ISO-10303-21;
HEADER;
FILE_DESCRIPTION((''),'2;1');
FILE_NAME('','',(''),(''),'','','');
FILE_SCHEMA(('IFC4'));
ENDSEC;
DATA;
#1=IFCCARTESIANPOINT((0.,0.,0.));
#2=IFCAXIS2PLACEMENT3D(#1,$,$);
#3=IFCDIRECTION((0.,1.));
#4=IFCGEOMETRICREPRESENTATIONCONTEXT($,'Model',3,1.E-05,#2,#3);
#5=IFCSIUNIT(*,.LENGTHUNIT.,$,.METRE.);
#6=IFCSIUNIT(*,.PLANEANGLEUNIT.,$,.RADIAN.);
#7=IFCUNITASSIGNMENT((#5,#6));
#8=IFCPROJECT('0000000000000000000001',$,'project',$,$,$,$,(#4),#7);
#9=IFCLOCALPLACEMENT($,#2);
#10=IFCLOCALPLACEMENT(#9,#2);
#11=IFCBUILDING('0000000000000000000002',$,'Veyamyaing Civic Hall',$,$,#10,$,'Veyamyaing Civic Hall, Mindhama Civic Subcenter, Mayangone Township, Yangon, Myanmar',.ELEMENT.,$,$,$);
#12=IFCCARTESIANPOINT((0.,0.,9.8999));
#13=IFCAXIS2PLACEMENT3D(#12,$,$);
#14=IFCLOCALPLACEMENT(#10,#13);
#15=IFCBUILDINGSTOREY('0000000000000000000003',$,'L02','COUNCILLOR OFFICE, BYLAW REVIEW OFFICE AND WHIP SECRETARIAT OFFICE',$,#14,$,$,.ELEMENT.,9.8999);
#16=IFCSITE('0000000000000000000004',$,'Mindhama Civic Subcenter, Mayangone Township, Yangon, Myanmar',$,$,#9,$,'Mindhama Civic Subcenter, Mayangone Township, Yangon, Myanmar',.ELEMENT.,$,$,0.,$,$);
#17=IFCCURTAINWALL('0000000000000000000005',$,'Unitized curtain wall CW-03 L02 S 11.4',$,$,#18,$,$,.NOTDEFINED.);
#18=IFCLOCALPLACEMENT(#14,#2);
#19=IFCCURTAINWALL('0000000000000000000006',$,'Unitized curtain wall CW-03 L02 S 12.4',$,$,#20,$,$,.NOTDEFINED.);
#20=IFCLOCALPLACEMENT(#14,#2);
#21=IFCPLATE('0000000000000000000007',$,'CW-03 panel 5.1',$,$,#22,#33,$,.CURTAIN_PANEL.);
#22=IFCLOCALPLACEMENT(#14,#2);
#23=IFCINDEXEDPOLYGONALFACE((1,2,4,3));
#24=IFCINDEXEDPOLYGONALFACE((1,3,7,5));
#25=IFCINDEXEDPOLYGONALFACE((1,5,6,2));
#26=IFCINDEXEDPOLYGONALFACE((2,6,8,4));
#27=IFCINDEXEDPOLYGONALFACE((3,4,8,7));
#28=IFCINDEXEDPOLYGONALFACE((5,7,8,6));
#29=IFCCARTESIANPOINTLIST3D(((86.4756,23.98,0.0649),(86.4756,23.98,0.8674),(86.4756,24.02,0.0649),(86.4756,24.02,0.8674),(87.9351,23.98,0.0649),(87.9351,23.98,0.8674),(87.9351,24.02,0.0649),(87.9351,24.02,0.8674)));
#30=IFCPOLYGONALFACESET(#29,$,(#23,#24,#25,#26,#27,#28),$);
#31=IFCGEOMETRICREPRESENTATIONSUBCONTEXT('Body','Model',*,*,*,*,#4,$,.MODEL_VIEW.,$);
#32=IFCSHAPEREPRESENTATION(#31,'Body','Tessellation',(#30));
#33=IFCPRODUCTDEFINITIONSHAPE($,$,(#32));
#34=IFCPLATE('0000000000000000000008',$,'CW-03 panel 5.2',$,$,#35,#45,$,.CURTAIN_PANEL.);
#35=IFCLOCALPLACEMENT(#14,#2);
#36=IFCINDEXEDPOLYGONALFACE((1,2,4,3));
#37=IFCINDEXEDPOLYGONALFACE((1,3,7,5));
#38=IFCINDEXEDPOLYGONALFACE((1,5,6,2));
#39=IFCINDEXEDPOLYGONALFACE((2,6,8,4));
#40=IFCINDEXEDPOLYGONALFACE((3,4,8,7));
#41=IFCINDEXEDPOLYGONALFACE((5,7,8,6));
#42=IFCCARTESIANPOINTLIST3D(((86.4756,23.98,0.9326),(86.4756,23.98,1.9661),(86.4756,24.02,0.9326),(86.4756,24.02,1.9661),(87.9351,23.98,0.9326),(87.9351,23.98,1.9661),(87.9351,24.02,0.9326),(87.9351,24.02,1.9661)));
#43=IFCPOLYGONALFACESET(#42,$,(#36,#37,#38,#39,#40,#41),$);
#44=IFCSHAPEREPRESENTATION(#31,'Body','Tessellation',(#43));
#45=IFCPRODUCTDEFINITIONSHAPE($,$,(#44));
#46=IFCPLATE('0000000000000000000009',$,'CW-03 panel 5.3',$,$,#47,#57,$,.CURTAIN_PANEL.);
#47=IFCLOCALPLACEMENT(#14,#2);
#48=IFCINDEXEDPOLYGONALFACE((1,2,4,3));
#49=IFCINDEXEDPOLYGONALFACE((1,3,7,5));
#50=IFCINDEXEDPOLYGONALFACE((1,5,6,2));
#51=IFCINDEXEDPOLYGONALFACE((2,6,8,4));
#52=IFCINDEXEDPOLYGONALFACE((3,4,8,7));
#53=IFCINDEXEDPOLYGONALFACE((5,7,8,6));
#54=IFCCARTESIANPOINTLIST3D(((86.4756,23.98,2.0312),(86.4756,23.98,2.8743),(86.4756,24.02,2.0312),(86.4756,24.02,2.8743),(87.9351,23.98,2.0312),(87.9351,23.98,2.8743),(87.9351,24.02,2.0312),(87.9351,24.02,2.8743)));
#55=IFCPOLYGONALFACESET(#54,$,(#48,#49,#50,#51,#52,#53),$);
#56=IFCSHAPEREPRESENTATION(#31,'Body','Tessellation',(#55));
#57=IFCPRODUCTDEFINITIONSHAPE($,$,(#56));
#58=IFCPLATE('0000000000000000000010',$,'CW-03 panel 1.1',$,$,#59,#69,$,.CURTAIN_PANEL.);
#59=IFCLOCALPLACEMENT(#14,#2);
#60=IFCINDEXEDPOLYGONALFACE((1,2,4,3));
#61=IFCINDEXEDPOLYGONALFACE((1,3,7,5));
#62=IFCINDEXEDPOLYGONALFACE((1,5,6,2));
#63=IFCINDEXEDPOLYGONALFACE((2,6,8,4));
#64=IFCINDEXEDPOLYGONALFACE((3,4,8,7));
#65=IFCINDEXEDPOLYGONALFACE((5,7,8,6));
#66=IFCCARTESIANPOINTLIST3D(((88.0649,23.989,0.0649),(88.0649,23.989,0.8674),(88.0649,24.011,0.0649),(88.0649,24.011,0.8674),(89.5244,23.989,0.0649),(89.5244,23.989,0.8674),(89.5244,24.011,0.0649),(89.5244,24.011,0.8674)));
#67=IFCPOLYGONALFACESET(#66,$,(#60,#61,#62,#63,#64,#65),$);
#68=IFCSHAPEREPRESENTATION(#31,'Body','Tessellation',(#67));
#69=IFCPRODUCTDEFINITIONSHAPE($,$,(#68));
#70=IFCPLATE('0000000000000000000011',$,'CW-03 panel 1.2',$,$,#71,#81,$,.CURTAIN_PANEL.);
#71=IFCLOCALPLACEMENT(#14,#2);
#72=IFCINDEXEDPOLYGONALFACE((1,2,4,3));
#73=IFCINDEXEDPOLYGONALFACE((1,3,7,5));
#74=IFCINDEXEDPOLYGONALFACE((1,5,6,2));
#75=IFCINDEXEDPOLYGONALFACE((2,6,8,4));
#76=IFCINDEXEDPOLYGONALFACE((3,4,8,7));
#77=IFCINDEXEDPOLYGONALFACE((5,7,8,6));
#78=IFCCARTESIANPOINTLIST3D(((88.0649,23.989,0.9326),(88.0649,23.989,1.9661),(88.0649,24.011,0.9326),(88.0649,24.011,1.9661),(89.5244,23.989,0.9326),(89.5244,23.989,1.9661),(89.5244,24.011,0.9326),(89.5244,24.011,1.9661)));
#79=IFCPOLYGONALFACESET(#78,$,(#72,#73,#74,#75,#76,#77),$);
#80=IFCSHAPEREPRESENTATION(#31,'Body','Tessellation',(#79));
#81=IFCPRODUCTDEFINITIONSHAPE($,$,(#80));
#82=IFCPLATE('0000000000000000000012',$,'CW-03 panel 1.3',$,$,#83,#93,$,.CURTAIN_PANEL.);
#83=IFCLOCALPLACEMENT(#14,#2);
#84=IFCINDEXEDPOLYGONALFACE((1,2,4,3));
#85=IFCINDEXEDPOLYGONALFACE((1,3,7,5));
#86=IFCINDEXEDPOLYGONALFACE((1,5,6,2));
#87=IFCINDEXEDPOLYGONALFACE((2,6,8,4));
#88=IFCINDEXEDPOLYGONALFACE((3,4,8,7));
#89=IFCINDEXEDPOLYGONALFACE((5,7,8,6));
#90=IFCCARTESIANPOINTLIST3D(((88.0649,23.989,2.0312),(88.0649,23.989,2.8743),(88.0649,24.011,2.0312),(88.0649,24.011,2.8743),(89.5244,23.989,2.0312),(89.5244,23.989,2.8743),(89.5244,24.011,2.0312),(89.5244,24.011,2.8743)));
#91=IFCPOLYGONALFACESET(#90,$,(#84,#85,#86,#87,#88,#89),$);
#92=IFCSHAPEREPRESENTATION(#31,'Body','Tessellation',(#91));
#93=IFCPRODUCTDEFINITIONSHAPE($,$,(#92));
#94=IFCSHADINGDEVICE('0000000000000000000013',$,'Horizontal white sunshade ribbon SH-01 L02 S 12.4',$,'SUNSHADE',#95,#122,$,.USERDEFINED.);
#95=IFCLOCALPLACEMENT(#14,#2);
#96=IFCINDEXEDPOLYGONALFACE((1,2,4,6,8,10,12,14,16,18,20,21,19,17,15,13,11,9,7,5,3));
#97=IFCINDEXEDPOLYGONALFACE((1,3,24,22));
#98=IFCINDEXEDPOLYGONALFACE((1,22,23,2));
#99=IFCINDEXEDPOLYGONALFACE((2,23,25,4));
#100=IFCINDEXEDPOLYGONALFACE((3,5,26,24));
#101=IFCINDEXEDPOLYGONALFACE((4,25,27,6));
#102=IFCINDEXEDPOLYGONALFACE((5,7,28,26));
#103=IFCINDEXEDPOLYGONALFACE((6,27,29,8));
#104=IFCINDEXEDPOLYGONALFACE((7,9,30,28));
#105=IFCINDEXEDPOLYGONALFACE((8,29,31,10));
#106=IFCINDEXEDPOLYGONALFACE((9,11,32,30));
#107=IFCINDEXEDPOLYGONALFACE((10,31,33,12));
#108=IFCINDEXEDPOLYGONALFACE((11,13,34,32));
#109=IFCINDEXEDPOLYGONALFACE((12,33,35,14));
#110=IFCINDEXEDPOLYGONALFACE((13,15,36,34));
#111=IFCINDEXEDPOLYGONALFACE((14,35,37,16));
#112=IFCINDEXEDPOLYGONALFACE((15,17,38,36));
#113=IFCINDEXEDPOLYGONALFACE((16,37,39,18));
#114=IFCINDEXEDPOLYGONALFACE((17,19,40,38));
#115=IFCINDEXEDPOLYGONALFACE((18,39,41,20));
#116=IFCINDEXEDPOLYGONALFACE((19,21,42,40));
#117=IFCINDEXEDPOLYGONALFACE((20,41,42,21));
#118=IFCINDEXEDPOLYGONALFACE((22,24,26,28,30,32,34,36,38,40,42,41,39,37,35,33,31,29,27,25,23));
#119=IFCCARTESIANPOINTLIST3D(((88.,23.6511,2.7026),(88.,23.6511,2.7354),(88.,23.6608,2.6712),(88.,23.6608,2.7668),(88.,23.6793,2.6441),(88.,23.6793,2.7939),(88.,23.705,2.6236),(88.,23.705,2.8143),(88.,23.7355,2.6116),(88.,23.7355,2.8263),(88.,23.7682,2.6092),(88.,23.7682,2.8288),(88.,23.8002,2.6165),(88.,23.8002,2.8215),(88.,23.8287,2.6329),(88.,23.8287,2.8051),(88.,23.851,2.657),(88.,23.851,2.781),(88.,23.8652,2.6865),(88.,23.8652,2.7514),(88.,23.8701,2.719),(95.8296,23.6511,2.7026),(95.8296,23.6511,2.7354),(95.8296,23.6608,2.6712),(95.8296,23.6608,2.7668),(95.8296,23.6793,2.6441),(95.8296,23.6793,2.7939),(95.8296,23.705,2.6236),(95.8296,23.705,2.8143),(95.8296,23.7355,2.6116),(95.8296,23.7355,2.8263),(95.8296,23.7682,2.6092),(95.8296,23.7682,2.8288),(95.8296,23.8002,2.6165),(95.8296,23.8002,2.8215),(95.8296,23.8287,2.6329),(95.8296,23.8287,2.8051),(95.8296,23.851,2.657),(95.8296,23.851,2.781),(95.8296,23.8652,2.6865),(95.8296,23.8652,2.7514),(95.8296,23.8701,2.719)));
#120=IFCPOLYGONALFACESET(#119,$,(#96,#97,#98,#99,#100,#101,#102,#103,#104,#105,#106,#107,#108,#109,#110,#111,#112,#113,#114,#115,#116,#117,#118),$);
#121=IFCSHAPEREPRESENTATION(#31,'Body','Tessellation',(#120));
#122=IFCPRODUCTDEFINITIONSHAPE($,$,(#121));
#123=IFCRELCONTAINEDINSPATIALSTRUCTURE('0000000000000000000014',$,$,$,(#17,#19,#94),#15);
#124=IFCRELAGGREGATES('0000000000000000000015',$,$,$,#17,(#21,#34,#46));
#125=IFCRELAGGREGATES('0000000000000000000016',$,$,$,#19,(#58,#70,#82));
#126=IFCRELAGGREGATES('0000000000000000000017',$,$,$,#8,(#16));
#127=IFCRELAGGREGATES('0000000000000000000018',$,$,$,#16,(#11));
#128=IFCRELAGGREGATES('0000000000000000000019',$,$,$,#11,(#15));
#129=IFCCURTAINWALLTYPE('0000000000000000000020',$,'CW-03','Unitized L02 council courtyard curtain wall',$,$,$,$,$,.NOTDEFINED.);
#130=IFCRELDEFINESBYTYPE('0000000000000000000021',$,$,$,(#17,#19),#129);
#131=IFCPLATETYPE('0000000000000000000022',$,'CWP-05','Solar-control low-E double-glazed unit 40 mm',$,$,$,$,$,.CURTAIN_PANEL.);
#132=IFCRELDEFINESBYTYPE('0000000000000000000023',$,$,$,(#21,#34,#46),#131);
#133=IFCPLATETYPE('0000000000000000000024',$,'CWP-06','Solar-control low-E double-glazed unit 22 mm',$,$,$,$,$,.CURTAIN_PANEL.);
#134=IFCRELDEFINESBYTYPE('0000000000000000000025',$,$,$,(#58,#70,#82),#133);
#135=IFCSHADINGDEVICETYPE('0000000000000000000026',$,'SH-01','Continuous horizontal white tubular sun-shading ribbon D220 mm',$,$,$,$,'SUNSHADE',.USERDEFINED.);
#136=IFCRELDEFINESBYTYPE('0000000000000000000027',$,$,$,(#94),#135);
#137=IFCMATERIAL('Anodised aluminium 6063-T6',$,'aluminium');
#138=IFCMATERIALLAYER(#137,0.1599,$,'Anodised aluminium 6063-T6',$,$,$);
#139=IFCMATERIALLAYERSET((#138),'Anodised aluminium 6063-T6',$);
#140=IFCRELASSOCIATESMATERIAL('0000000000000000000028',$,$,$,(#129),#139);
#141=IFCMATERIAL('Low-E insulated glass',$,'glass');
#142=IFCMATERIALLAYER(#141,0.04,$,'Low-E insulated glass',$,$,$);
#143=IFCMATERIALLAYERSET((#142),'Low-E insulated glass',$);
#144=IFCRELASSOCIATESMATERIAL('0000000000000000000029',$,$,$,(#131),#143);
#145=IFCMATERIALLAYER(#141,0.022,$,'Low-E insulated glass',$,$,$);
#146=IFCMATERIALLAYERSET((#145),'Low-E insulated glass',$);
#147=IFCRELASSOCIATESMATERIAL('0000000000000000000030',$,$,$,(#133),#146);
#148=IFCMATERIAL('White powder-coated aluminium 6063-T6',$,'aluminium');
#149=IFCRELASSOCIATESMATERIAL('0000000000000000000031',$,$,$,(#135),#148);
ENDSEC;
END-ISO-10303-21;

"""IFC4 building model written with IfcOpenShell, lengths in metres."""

from ifc_helpers import new_model, si_unit, direction, frame, origin, origin_2d, place, context, subcontext, project, spatial, rectangle, circle, extrude, material, layer, layer_set, material_profile, profile_set, type_object, element, aggregate, save


model = new_model("IFC4")

# Units and contexts
model_context = context("Model", 3, precision=1e-05, world=origin(), true_north=direction((0.0, 1.0)))
body_context = subcontext(model_context, "Body", "Model", "MODEL_VIEW")
ifc_project = project(units=[si_unit("LENGTHUNIT", "METRE"), si_unit("PLANEANGLEUNIT", "RADIAN")], contexts=[model_context])

# Site, building, storey
site_placement = place(None, origin())
site = spatial("IfcSite", under=ifc_project, at=site_placement, Name="Mindhama Civic Subcenter, Mayangone Township, Yangon, Myanmar", LongName="Mindhama Civic Subcenter, Mayangone Township, Yangon, Myanmar", CompositionType="ELEMENT", RefElevation=0.0)
building_placement = place(site_placement, origin())
building = spatial("IfcBuilding", under=site, at=building_placement, Name="Veyamyaing Civic Hall", LongName="Veyamyaing Civic Hall, Mindhama Civic Subcenter, Mayangone Township, Yangon, Myanmar", CompositionType="ELEMENT")
storey_placement = place(building_placement, frame((0.0, 0.0, 9.8999)))
storey = spatial("IfcBuildingStorey", under=building, at=storey_placement, Name="L02", Description="COUNCILLOR OFFICE, BYLAW REVIEW OFFICE AND WHIP SECRETARIAT OFFICE", CompositionType="ELEMENT", Elevation=9.8999)

# Curtain wall
ifc_material_1 = material(Name="Anodised aluminium 6063-T6", Category="aluminium")
ifc_layer_1 = layer(ifc_material_1, 0.1599, Name="Anodised aluminium 6063-T6")
ifc_layer_set_1 = layer_set([ifc_layer_1], Name="Anodised aluminium 6063-T6")
curtain_wall_type = type_object("IfcCurtainWallType", Name="CW-03", Description="Unitized L02 council courtyard curtain wall", PredefinedType="NOTDEFINED", material=ifc_layer_set_1)
curtain_wall_1_placement = place(storey_placement, origin())
curtain_wall_1 = element("IfcCurtainWall", 1, at=curtain_wall_1_placement, inside=storey, type_object=curtain_wall_type, Name="Unitized curtain wall CW-03 L02 S 11.4", PredefinedType="NOTDEFINED")

# Curtain wall
curtain_wall_2_placement = place(storey_placement, origin())
curtain_wall_2 = element("IfcCurtainWall", 2, at=curtain_wall_2_placement, inside=storey, type_object=curtain_wall_type, Name="Unitized curtain wall CW-03 L02 S 12.4", PredefinedType="NOTDEFINED")

# Plates
ifc_material_2 = material(Name="Low-E insulated glass", Category="glass")
ifc_layer_2 = layer(ifc_material_2, 0.04, Name="Low-E insulated glass")
ifc_layer_set_2 = layer_set([ifc_layer_2], Name="Low-E insulated glass")
plate_type_1 = type_object("IfcPlateType", Name="CWP-05", Description="Solar-control low-E double-glazed unit 40 mm", PredefinedType="CURTAIN_PANEL", material=ifc_layer_set_2)
plate_1_placement = place(storey_placement, frame((87.2053, 24.0, 0.0649), z_axis=(0.0, 0.0, 1.0), x_axis=(1.0, 0.0, 0.0)))
plate_1 = element("IfcPlate", 3, at=plate_1_placement, type_object=plate_type_1, Name="CW-03 panel 5.1", PredefinedType="CURTAIN_PANEL", context=body_context, shape_type="SweptSolid", body=[
    extrude(rectangle(XDim=1.4595, YDim=0.04, at=origin_2d()), origin(), (0.0, 0.0, 1.0), 0.8025),
])
plate_2_placement = place(storey_placement, frame((87.2053, 24.0, 0.9326), z_axis=(0.0, 0.0, 1.0), x_axis=(1.0, 0.0, 0.0)))
plate_2 = element("IfcPlate", 4, at=plate_2_placement, type_object=plate_type_1, Name="CW-03 panel 5.2", PredefinedType="CURTAIN_PANEL", context=body_context, shape_type="SweptSolid", body=[
    extrude(rectangle(XDim=1.4595, YDim=0.04, at=origin_2d()), origin(), (0.0, 0.0, 1.0), 1.0334),
])
plate_3_placement = place(storey_placement, frame((87.2053, 24.0, 2.0312), z_axis=(0.0, 0.0, 1.0), x_axis=(1.0, 0.0, 0.0)))
plate_3 = element("IfcPlate", 5, at=plate_3_placement, type_object=plate_type_1, Name="CW-03 panel 5.3", PredefinedType="CURTAIN_PANEL", context=body_context, shape_type="SweptSolid", body=[
    extrude(rectangle(XDim=1.4595, YDim=0.04, at=origin_2d()), origin(), (0.0, 0.0, 1.0), 0.843),
])
aggregate(curtain_wall_1, [plate_1, plate_2, plate_3])
ifc_layer_3 = layer(ifc_material_2, 0.022, Name="Low-E insulated glass")
ifc_layer_set_3 = layer_set([ifc_layer_3], Name="Low-E insulated glass")
plate_type_2 = type_object("IfcPlateType", Name="CWP-06", Description="Solar-control low-E double-glazed unit 22 mm", PredefinedType="CURTAIN_PANEL", material=ifc_layer_set_3)
plate_4_placement = place(storey_placement, frame((88.7947, 24.0, 0.0649), z_axis=(0.0, 0.0, 1.0), x_axis=(1.0, 0.0, 0.0)))
plate_4 = element("IfcPlate", 6, at=plate_4_placement, type_object=plate_type_2, Name="CW-03 panel 1.1", PredefinedType="CURTAIN_PANEL", context=body_context, shape_type="SweptSolid", body=[
    extrude(rectangle(XDim=1.4595, YDim=0.022, at=origin_2d()), origin(), (0.0, 0.0, 1.0), 0.8025),
])
plate_5_placement = place(storey_placement, frame((88.7947, 24.0, 0.9326), z_axis=(0.0, 0.0, 1.0), x_axis=(1.0, 0.0, 0.0)))
plate_5 = element("IfcPlate", 7, at=plate_5_placement, type_object=plate_type_2, Name="CW-03 panel 1.2", PredefinedType="CURTAIN_PANEL", context=body_context, shape_type="SweptSolid", body=[
    extrude(rectangle(XDim=1.4595, YDim=0.022, at=origin_2d()), origin(), (0.0, 0.0, 1.0), 1.0334),
])
plate_6_placement = place(storey_placement, frame((88.7947, 24.0, 2.0312), z_axis=(0.0, 0.0, 1.0), x_axis=(1.0, 0.0, 0.0)))
plate_6 = element("IfcPlate", 8, at=plate_6_placement, type_object=plate_type_2, Name="CW-03 panel 1.3", PredefinedType="CURTAIN_PANEL", context=body_context, shape_type="SweptSolid", body=[
    extrude(rectangle(XDim=1.4595, YDim=0.022, at=origin_2d()), origin(), (0.0, 0.0, 1.0), 0.843),
])
aggregate(curtain_wall_2, [plate_4, plate_5, plate_6])

# Shading device
ifc_material_3 = material(Name="White powder-coated aluminium 6063-T6", Category="aluminium")
ifc_material_profile_1 = material_profile(ifc_material_3, circle(Radius=0.1101, at=origin_2d()), Name="SHADE-TUBE-220")
ifc_profile_set_1 = profile_set([ifc_material_profile_1], Name="White powder-coated aluminium 6063-T6")
shading_device_type = type_object("IfcShadingDeviceType", Name="SH-01", Description="Continuous horizontal white tubular sun-shading ribbon D220 mm", ElementType="SUNSHADE", PredefinedType="USERDEFINED", material=ifc_profile_set_1)
shading_device_placement = place(storey_placement, frame((88.0, 23.76, 2.719), z_axis=(1.0, 0.0, 0.0), x_axis=(0.0, 1.0, 0.0)))
element("IfcShadingDevice", 9, at=shading_device_placement, inside=storey, type_object=shading_device_type, Name="Horizontal white sunshade ribbon SH-01 L02 S 12.4", ObjectType="SUNSHADE", PredefinedType="USERDEFINED", context=body_context, shape_type="SweptSolid", body=[
    extrude(circle(Radius=0.1101, at=origin_2d()), origin(), (0.0, 0.0, 1.0), 7.8296),
])

save(model, "model.ifc")
